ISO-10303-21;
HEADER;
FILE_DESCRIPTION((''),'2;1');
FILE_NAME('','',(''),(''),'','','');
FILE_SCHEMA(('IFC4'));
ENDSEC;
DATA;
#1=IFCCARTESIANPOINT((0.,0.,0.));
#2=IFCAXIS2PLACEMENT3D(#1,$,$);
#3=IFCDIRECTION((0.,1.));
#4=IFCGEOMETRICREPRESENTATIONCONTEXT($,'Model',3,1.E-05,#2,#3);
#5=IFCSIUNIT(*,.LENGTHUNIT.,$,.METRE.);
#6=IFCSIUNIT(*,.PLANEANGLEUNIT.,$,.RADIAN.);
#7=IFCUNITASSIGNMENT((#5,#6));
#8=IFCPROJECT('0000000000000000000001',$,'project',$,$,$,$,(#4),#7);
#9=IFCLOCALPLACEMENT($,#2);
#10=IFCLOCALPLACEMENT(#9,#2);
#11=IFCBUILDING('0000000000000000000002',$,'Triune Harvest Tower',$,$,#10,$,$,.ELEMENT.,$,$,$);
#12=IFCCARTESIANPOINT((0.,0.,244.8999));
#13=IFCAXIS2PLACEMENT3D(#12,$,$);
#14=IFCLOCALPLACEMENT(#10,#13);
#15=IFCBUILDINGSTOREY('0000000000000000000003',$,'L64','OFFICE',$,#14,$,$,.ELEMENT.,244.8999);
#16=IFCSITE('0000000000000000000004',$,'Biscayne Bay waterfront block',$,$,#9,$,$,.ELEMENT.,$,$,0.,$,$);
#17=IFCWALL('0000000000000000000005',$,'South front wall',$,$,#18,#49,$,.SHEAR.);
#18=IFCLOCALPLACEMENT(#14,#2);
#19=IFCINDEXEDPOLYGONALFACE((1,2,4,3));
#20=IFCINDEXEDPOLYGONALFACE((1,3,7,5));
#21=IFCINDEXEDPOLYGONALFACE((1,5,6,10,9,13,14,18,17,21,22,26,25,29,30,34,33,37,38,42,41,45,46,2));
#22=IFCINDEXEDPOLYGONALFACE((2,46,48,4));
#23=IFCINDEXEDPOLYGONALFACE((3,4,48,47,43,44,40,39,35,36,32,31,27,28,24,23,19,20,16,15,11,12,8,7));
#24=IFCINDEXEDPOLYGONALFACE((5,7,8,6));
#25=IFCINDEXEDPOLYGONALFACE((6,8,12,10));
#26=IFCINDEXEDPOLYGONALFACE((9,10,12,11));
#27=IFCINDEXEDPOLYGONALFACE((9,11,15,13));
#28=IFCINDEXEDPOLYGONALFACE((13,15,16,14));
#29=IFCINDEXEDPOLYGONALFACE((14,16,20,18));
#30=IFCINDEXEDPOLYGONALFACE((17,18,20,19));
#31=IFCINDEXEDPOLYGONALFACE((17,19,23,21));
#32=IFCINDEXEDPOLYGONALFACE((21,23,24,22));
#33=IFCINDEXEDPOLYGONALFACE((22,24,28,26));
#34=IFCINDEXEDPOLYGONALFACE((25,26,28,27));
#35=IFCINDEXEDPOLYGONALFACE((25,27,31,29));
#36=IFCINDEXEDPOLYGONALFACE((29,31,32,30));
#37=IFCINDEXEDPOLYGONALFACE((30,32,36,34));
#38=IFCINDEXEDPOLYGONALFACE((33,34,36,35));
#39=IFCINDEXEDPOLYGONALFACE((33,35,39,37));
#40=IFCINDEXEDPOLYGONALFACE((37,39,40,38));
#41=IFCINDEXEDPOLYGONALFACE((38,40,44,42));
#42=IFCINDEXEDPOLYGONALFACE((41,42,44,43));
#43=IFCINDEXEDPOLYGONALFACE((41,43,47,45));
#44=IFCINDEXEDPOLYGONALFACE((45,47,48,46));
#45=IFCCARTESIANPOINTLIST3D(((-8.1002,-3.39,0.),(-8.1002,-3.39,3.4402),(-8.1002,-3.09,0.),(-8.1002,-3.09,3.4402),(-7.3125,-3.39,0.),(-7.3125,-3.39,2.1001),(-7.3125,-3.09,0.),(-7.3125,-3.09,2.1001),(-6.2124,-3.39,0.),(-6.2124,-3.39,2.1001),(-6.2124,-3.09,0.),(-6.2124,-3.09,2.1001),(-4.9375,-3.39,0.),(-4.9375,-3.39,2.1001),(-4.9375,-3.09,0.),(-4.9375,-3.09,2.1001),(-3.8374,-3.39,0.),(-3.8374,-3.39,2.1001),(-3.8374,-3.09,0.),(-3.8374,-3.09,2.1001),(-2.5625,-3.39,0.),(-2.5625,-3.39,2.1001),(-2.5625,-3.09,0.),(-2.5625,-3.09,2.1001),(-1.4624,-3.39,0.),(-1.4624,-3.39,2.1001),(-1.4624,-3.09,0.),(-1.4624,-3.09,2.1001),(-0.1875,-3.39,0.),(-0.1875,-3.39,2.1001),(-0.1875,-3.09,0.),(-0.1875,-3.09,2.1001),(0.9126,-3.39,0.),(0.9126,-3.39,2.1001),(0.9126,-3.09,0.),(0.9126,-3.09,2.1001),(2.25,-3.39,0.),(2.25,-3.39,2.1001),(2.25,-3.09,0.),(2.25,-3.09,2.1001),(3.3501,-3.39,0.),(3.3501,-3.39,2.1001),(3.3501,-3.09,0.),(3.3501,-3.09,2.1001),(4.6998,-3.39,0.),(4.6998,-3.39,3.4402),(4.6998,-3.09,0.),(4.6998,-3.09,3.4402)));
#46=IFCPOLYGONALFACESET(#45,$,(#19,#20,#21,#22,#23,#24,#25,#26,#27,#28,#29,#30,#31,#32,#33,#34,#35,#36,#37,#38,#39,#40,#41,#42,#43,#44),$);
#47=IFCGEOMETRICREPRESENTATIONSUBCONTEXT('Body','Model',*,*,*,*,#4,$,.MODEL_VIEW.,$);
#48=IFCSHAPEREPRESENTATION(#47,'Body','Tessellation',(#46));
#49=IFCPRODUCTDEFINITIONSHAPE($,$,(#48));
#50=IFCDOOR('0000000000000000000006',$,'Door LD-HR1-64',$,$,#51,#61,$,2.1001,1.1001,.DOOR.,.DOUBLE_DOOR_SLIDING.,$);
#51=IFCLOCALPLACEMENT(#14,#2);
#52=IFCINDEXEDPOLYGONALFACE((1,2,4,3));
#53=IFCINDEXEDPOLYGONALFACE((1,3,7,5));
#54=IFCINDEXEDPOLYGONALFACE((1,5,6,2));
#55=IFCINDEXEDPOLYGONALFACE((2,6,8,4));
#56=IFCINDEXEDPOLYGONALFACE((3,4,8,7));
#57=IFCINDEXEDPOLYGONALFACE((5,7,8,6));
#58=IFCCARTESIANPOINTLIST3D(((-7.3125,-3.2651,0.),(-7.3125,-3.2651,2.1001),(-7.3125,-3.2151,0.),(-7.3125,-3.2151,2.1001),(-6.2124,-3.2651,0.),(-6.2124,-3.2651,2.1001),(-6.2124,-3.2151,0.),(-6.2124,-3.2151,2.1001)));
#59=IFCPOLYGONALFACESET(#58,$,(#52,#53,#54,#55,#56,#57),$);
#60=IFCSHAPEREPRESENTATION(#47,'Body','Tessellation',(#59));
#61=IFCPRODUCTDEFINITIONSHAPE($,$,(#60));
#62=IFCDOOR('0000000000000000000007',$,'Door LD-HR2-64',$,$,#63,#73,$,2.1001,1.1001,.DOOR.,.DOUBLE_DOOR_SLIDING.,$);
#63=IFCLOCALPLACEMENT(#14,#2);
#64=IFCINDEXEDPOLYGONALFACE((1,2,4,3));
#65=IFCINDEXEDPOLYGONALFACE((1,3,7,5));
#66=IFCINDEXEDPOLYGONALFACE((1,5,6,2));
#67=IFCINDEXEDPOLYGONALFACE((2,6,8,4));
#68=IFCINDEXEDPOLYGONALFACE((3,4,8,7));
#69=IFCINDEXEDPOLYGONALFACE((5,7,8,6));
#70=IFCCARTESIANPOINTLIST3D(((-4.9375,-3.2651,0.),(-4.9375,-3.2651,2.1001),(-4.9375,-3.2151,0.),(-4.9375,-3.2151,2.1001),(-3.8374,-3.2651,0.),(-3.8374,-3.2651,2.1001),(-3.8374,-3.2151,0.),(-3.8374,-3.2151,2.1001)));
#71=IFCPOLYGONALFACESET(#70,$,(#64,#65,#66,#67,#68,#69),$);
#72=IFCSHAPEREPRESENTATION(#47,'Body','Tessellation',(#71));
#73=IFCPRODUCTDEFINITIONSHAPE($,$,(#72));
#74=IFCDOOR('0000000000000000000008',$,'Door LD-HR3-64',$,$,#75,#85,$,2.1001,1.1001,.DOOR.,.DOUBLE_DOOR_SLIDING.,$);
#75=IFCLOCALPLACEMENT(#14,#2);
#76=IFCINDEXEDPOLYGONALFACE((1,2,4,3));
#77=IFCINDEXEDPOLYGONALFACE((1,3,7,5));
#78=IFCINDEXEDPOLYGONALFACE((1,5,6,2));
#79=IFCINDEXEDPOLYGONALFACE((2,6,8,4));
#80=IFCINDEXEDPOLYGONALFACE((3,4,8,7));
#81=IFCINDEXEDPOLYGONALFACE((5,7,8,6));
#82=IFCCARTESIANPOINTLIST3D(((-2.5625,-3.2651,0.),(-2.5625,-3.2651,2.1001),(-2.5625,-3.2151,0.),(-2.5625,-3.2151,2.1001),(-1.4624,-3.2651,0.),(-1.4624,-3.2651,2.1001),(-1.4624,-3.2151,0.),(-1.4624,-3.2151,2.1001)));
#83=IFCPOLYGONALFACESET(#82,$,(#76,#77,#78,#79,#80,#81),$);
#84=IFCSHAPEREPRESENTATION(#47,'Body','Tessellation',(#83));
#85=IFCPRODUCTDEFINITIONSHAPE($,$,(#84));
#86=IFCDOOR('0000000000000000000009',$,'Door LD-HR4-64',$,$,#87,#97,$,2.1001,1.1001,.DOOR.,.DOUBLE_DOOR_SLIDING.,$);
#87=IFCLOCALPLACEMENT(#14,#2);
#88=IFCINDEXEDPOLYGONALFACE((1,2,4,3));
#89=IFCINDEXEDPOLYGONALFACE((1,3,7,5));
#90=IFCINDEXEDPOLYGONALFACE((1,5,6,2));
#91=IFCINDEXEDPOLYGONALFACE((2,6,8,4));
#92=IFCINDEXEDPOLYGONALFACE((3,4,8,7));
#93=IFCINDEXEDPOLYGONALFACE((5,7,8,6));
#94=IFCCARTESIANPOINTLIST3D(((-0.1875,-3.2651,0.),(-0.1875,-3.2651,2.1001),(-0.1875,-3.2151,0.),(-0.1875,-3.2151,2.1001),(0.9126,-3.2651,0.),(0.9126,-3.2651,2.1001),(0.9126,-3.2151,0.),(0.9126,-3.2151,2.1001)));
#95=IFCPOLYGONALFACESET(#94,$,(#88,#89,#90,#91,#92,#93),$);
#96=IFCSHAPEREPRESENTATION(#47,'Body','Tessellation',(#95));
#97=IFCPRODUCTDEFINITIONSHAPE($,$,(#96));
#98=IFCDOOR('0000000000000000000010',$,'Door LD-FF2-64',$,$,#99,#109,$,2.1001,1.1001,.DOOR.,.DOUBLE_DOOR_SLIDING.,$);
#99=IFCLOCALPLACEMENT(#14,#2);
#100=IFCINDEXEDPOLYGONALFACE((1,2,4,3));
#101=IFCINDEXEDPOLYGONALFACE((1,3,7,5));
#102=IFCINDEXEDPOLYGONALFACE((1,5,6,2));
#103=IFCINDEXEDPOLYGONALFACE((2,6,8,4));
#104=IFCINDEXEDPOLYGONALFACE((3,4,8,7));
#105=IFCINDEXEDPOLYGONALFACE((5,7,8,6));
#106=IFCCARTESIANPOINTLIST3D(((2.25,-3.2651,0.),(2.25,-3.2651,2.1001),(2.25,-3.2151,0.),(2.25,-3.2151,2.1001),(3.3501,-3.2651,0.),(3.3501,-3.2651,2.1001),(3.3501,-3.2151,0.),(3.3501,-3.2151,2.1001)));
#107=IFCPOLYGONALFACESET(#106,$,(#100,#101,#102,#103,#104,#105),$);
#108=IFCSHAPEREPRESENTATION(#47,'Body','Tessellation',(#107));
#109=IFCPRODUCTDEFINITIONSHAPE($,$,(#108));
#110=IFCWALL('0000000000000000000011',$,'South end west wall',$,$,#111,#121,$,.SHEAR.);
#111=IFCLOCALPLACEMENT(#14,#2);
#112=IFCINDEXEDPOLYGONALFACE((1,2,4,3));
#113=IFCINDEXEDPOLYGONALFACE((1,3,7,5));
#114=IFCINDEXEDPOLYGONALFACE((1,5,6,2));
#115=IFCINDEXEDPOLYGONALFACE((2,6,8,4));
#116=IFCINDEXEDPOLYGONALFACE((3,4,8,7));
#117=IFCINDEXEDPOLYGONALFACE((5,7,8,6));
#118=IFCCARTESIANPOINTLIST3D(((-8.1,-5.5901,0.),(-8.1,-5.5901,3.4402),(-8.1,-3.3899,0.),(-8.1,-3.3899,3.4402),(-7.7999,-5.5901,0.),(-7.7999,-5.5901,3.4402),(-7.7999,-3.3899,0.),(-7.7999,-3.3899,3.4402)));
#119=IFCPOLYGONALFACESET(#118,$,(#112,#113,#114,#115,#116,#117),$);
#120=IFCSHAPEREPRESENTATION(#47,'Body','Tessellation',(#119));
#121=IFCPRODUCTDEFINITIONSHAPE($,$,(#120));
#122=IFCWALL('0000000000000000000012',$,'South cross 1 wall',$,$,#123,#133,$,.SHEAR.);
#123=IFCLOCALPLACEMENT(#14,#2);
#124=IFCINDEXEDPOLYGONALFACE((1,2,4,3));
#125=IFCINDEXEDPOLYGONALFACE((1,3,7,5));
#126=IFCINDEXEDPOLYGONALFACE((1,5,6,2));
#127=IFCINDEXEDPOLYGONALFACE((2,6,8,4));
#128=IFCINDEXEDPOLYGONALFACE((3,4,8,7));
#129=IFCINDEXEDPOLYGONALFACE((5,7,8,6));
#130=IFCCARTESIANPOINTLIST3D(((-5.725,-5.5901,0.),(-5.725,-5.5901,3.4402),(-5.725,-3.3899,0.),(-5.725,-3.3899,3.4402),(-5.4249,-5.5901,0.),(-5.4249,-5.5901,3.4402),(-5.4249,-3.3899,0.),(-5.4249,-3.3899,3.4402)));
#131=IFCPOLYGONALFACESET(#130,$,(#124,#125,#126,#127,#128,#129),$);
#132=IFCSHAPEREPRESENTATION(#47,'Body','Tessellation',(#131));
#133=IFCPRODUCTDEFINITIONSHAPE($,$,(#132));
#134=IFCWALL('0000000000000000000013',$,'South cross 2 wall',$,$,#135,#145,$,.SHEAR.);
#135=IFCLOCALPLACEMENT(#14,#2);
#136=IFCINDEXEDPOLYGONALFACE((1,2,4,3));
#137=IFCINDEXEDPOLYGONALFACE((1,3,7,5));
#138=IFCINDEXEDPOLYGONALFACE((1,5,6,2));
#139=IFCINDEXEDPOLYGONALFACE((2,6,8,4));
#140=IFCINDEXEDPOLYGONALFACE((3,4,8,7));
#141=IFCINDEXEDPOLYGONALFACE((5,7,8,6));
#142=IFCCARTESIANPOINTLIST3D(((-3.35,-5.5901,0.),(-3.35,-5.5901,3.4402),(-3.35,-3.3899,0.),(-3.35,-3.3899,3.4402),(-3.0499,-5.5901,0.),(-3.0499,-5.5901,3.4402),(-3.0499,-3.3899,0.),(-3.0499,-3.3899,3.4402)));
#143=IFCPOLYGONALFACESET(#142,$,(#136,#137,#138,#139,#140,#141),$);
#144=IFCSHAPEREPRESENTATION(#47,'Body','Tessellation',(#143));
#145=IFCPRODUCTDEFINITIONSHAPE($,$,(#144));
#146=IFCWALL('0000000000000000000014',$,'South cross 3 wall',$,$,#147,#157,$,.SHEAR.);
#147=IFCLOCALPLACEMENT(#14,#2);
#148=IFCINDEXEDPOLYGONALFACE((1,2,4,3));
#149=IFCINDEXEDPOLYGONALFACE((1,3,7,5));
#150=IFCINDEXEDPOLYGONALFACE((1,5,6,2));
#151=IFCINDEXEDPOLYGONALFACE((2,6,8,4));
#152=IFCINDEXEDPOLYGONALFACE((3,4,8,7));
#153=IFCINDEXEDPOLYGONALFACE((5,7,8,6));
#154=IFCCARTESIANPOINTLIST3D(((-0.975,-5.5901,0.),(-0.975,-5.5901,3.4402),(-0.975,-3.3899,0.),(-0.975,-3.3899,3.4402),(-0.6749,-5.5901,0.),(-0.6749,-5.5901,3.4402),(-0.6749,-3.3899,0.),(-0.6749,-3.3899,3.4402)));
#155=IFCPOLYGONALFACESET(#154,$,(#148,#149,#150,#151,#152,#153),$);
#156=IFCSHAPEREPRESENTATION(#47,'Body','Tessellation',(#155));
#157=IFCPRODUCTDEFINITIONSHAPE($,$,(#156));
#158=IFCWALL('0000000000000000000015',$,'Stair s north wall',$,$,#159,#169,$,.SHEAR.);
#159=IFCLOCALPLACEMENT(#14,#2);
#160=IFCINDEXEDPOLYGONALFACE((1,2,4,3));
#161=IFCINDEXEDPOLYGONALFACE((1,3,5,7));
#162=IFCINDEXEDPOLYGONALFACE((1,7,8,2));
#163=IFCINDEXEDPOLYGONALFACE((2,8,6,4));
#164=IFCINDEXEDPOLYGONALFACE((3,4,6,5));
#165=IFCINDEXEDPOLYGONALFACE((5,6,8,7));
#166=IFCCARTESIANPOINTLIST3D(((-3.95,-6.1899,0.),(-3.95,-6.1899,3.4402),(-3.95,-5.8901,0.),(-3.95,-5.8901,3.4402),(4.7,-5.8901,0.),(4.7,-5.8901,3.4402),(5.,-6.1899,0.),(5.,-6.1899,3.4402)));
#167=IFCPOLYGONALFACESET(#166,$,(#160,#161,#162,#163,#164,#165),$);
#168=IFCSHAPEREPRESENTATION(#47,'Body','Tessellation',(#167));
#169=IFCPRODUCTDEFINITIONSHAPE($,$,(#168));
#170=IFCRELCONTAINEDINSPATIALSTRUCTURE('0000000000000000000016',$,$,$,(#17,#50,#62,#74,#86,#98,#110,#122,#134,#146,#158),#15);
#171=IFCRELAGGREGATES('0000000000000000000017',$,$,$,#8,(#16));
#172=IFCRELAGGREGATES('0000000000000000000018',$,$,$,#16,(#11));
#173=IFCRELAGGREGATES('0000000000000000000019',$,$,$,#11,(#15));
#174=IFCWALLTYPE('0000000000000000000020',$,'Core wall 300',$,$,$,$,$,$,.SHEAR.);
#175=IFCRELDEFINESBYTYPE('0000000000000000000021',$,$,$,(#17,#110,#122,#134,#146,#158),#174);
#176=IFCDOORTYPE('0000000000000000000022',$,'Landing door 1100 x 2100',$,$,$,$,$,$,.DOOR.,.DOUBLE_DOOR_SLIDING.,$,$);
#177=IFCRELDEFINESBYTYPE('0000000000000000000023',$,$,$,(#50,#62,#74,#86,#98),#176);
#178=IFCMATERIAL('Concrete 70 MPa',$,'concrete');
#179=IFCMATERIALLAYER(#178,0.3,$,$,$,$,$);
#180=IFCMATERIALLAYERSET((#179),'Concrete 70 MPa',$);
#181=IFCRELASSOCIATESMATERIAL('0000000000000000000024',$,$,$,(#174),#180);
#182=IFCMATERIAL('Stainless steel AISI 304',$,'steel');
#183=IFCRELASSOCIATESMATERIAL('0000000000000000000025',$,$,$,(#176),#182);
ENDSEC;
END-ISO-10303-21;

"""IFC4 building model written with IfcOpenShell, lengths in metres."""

from ifc_helpers import new_model, si_unit, direction, frame, frame_2d, origin, place, context, subcontext, project, spatial, polyline, rectangle, outline, extrude, source, transform, mapped, material, layer, layer_set, type_object, element, fill, save


model = new_model("IFC4")

# Units and contexts
model_context = context("Model", 3, precision=1e-05, world=origin(), true_north=direction((0.0, 1.0)))
body_context = subcontext(model_context, "Body", "Model", "MODEL_VIEW")
ifc_project = project(units=[si_unit("LENGTHUNIT", "METRE"), si_unit("PLANEANGLEUNIT", "RADIAN")], contexts=[model_context])

# Site, building, storey
site_placement = place(None, origin())
site = spatial("IfcSite", under=ifc_project, at=site_placement, Name="Biscayne Bay waterfront block", CompositionType="ELEMENT", RefElevation=0.0)
building_placement = place(site_placement, origin())
building = spatial("IfcBuilding", under=site, at=building_placement, Name="Triune Harvest Tower", CompositionType="ELEMENT")
storey_placement = place(building_placement, frame((0.0, 0.0, 244.8999)))
storey = spatial("IfcBuildingStorey", under=building, at=storey_placement, Name="L64", Description="OFFICE", CompositionType="ELEMENT", Elevation=244.8999)

# Wall, openings, doors
ifc_material_1 = material(Name="Concrete 70 MPa", Category="concrete")
ifc_layer_1 = layer(ifc_material_1, 0.3)
ifc_layer_set_1 = layer_set([ifc_layer_1], Name="Concrete 70 MPa")
wall_type_1 = type_object("IfcWallType", Name="Core wall 300", PredefinedType="SHEAR", material=ifc_layer_set_1)
shared_shape_1 = source(origin(), body_context, "Body", "SweptSolid", [
    extrude(rectangle(XDim=12.8, YDim=0.3, at=frame_2d((6.3999, 0.0))), origin(), (0.0, 0.0, 1.0), 3.4402),
])
wall_1_placement = place(storey_placement, frame((-8.1001, -3.24, 0.0), z_axis=(0.0, 0.0, 1.0), x_axis=(1.0, 0.0, 0.0)))
wall_1 = element("IfcWall", 1, at=wall_1_placement, inside=storey, type_object=wall_type_1, Name="South front wall", PredefinedType="SHEAR", context=body_context, shape_type="MappedRepresentation", body=[
    mapped(shared_shape_1, transform((0.0, 0.0, 0.0), scale=1.0)),
])
opening_1_placement = place(wall_1_placement, frame((0.7876, 0.0, 0.0)))
opening_1 = element("IfcOpeningElement", 2, at=opening_1_placement, cuts=wall_1, PredefinedType="OPENING", context=body_context, shape_type="SweptSolid", body=[
    extrude(rectangle(XDim=1.1001, YDim=2.1001, at=frame_2d((0.55, 1.05))), frame((0.0, 0.1602, 0.0), z_axis=(0.0, -1.0, 0.0), x_axis=(1.0, 0.0, 0.0)), (0.0, 0.0, 1.0), 0.3201),
])
opening_2_placement = place(wall_1_placement, frame((3.1626, 0.0, 0.0)))
opening_2 = element("IfcOpeningElement", 3, at=opening_2_placement, cuts=wall_1, PredefinedType="OPENING", context=body_context, shape_type="SweptSolid", body=[
    extrude(rectangle(XDim=1.1001, YDim=2.1001, at=frame_2d((0.55, 1.05))), frame((0.0, 0.1602, 0.0), z_axis=(0.0, -1.0, 0.0), x_axis=(1.0, 0.0, 0.0)), (0.0, 0.0, 1.0), 0.3201),
])
opening_3_placement = place(wall_1_placement, frame((5.5376, 0.0, 0.0)))
opening_3 = element("IfcOpeningElement", 4, at=opening_3_placement, cuts=wall_1, PredefinedType="OPENING", context=body_context, shape_type="SweptSolid", body=[
    extrude(rectangle(XDim=1.1001, YDim=2.1001, at=frame_2d((0.55, 1.05))), frame((0.0, 0.1602, 0.0), z_axis=(0.0, -1.0, 0.0), x_axis=(1.0, 0.0, 0.0)), (0.0, 0.0, 1.0), 0.3201),
])
opening_4_placement = place(wall_1_placement, frame((7.9126, 0.0, 0.0)))
opening_4 = element("IfcOpeningElement", 5, at=opening_4_placement, cuts=wall_1, PredefinedType="OPENING", context=body_context, shape_type="SweptSolid", body=[
    extrude(rectangle(XDim=1.1001, YDim=2.1001, at=frame_2d((0.55, 1.05))), frame((0.0, 0.1602, 0.0), z_axis=(0.0, -1.0, 0.0), x_axis=(1.0, 0.0, 0.0)), (0.0, 0.0, 1.0), 0.3201),
])
opening_5_placement = place(wall_1_placement, frame((10.3501, 0.0, 0.0)))
opening_5 = element("IfcOpeningElement", 6, at=opening_5_placement, cuts=wall_1, PredefinedType="OPENING", context=body_context, shape_type="SweptSolid", body=[
    extrude(rectangle(XDim=1.1001, YDim=2.1001, at=frame_2d((0.55, 1.05))), frame((0.0, 0.1602, 0.0), z_axis=(0.0, -1.0, 0.0), x_axis=(1.0, 0.0, 0.0)), (0.0, 0.0, 1.0), 0.3201),
])
ifc_material_2 = material(Name="Stainless steel AISI 304", Category="steel")
door_type_1 = type_object("IfcDoorType", Name="Landing door 1100 x 2100", OperationType="DOUBLE_DOOR_SLIDING", PredefinedType="DOOR", material=ifc_material_2)
door_1_placement = place(opening_1_placement, origin())
door_1 = element("IfcDoor", 7, at=door_1_placement, inside=storey, type_object=door_type_1, Name="Door LD-HR1-64", OperationType="DOUBLE_DOOR_SLIDING", OverallHeight=2.1001, OverallWidth=1.1001, PredefinedType="DOOR", context=body_context, shape_type="SweptSolid", body=[
    extrude(rectangle(XDim=1.1001, YDim=2.1001, at=frame_2d((0.55, 1.05))), frame((0.0, 0.0249, 0.0), z_axis=(0.0, -1.0, 0.0), x_axis=(1.0, 0.0, 0.0)), (0.0, 0.0, 1.0), 0.05),
])
fill(opening_1, door_1)
door_2_placement = place(opening_2_placement, origin())
door_2 = element("IfcDoor", 8, at=door_2_placement, inside=storey, type_object=door_type_1, Name="Door LD-HR2-64", OperationType="DOUBLE_DOOR_SLIDING", OverallHeight=2.1001, OverallWidth=1.1001, PredefinedType="DOOR", context=body_context, shape_type="SweptSolid", body=[
    extrude(rectangle(XDim=1.1001, YDim=2.1001, at=frame_2d((0.55, 1.05))), frame((0.0, 0.0249, 0.0), z_axis=(0.0, -1.0, 0.0), x_axis=(1.0, 0.0, 0.0)), (0.0, 0.0, 1.0), 0.05),
])
fill(opening_2, door_2)
door_3_placement = place(opening_3_placement, origin())
door_3 = element("IfcDoor", 9, at=door_3_placement, inside=storey, type_object=door_type_1, Name="Door LD-HR3-64", OperationType="DOUBLE_DOOR_SLIDING", OverallHeight=2.1001, OverallWidth=1.1001, PredefinedType="DOOR", context=body_context, shape_type="SweptSolid", body=[
    extrude(rectangle(XDim=1.1001, YDim=2.1001, at=frame_2d((0.55, 1.05))), frame((0.0, 0.0249, 0.0), z_axis=(0.0, -1.0, 0.0), x_axis=(1.0, 0.0, 0.0)), (0.0, 0.0, 1.0), 0.05),
])
fill(opening_3, door_3)
door_4_placement = place(opening_4_placement, origin())
door_4 = element("IfcDoor", 10, at=door_4_placement, inside=storey, type_object=door_type_1, Name="Door LD-HR4-64", OperationType="DOUBLE_DOOR_SLIDING", OverallHeight=2.1001, OverallWidth=1.1001, PredefinedType="DOOR", context=body_context, shape_type="SweptSolid", body=[
    extrude(rectangle(XDim=1.1001, YDim=2.1001, at=frame_2d((0.55, 1.05))), frame((0.0, 0.0249, 0.0), z_axis=(0.0, -1.0, 0.0), x_axis=(1.0, 0.0, 0.0)), (0.0, 0.0, 1.0), 0.05),
])
fill(opening_4, door_4)
door_5_placement = place(opening_5_placement, origin())
door_5 = element("IfcDoor", 11, at=door_5_placement, inside=storey, type_object=door_type_1, Name="Door LD-FF2-64", OperationType="DOUBLE_DOOR_SLIDING", OverallHeight=2.1001, OverallWidth=1.1001, PredefinedType="DOOR", context=body_context, shape_type="SweptSolid", body=[
    extrude(rectangle(XDim=1.1001, YDim=2.1001, at=frame_2d((0.55, 1.05))), frame((0.0, 0.0249, 0.0), z_axis=(0.0, -1.0, 0.0), x_axis=(1.0, 0.0, 0.0)), (0.0, 0.0, 1.0), 0.05),
])
fill(opening_5, door_5)

# Walls
shared_shape_2 = source(origin(), body_context, "Body", "SweptSolid", [
    extrude(rectangle(XDim=2.2002, YDim=0.3, at=frame_2d((1.1001, 0.0))), origin(), (0.0, 0.0, 1.0), 3.4402),
])
for number, where, z_axis, x_axis, name in (
    (12, (-7.95, -5.5901, 0.0), (0.0, 0.0, 1.0), (0.0, 1.0, 0.0), "South end west wall"),
    (13, (-5.575, -5.5901, 0.0), (0.0, 0.0, 1.0), (0.0, 1.0, 0.0), "South cross 1 wall"),
    (14, (-3.2, -5.5901, 0.0), (0.0, 0.0, 1.0), (0.0, 1.0, 0.0), "South cross 2 wall"),
    (15, (-0.825, -5.5901, 0.0), (0.0, 0.0, 1.0), (0.0, 1.0, 0.0), "South cross 3 wall"),
):
    element("IfcWall", number, at=place(storey_placement, frame(where, z_axis=z_axis, x_axis=x_axis)), inside=storey, type_object=wall_type_1, Name=name, PredefinedType="SHEAR", context=body_context, shape_type="MappedRepresentation", body=[
        mapped(shared_shape_2, transform((0.0, 0.0, 0.0), scale=1.0)),
    ])
shared_shape_3 = source(origin(), body_context, "Body", "SweptSolid", [
    extrude(outline(polyline([(0.0, -0.1499), (8.95, -0.1499), (8.6499, 0.1499), (0.0, 0.1499), (0.0, -0.1499)])), origin(), (0.0, 0.0, 1.0), 3.4402),
])
wall_2_placement = place(storey_placement, frame((-3.95, -6.04, 0.0), z_axis=(0.0, 0.0, 1.0), x_axis=(1.0, 0.0, 0.0)))
element("IfcWall", 16, at=wall_2_placement, inside=storey, type_object=wall_type_1, Name="Stair s north wall", PredefinedType="SHEAR", context=body_context, shape_type="MappedRepresentation", body=[
    mapped(shared_shape_3, transform((0.0, 0.0, 0.0), scale=1.0)),
])

save(model, "model.ifc")
